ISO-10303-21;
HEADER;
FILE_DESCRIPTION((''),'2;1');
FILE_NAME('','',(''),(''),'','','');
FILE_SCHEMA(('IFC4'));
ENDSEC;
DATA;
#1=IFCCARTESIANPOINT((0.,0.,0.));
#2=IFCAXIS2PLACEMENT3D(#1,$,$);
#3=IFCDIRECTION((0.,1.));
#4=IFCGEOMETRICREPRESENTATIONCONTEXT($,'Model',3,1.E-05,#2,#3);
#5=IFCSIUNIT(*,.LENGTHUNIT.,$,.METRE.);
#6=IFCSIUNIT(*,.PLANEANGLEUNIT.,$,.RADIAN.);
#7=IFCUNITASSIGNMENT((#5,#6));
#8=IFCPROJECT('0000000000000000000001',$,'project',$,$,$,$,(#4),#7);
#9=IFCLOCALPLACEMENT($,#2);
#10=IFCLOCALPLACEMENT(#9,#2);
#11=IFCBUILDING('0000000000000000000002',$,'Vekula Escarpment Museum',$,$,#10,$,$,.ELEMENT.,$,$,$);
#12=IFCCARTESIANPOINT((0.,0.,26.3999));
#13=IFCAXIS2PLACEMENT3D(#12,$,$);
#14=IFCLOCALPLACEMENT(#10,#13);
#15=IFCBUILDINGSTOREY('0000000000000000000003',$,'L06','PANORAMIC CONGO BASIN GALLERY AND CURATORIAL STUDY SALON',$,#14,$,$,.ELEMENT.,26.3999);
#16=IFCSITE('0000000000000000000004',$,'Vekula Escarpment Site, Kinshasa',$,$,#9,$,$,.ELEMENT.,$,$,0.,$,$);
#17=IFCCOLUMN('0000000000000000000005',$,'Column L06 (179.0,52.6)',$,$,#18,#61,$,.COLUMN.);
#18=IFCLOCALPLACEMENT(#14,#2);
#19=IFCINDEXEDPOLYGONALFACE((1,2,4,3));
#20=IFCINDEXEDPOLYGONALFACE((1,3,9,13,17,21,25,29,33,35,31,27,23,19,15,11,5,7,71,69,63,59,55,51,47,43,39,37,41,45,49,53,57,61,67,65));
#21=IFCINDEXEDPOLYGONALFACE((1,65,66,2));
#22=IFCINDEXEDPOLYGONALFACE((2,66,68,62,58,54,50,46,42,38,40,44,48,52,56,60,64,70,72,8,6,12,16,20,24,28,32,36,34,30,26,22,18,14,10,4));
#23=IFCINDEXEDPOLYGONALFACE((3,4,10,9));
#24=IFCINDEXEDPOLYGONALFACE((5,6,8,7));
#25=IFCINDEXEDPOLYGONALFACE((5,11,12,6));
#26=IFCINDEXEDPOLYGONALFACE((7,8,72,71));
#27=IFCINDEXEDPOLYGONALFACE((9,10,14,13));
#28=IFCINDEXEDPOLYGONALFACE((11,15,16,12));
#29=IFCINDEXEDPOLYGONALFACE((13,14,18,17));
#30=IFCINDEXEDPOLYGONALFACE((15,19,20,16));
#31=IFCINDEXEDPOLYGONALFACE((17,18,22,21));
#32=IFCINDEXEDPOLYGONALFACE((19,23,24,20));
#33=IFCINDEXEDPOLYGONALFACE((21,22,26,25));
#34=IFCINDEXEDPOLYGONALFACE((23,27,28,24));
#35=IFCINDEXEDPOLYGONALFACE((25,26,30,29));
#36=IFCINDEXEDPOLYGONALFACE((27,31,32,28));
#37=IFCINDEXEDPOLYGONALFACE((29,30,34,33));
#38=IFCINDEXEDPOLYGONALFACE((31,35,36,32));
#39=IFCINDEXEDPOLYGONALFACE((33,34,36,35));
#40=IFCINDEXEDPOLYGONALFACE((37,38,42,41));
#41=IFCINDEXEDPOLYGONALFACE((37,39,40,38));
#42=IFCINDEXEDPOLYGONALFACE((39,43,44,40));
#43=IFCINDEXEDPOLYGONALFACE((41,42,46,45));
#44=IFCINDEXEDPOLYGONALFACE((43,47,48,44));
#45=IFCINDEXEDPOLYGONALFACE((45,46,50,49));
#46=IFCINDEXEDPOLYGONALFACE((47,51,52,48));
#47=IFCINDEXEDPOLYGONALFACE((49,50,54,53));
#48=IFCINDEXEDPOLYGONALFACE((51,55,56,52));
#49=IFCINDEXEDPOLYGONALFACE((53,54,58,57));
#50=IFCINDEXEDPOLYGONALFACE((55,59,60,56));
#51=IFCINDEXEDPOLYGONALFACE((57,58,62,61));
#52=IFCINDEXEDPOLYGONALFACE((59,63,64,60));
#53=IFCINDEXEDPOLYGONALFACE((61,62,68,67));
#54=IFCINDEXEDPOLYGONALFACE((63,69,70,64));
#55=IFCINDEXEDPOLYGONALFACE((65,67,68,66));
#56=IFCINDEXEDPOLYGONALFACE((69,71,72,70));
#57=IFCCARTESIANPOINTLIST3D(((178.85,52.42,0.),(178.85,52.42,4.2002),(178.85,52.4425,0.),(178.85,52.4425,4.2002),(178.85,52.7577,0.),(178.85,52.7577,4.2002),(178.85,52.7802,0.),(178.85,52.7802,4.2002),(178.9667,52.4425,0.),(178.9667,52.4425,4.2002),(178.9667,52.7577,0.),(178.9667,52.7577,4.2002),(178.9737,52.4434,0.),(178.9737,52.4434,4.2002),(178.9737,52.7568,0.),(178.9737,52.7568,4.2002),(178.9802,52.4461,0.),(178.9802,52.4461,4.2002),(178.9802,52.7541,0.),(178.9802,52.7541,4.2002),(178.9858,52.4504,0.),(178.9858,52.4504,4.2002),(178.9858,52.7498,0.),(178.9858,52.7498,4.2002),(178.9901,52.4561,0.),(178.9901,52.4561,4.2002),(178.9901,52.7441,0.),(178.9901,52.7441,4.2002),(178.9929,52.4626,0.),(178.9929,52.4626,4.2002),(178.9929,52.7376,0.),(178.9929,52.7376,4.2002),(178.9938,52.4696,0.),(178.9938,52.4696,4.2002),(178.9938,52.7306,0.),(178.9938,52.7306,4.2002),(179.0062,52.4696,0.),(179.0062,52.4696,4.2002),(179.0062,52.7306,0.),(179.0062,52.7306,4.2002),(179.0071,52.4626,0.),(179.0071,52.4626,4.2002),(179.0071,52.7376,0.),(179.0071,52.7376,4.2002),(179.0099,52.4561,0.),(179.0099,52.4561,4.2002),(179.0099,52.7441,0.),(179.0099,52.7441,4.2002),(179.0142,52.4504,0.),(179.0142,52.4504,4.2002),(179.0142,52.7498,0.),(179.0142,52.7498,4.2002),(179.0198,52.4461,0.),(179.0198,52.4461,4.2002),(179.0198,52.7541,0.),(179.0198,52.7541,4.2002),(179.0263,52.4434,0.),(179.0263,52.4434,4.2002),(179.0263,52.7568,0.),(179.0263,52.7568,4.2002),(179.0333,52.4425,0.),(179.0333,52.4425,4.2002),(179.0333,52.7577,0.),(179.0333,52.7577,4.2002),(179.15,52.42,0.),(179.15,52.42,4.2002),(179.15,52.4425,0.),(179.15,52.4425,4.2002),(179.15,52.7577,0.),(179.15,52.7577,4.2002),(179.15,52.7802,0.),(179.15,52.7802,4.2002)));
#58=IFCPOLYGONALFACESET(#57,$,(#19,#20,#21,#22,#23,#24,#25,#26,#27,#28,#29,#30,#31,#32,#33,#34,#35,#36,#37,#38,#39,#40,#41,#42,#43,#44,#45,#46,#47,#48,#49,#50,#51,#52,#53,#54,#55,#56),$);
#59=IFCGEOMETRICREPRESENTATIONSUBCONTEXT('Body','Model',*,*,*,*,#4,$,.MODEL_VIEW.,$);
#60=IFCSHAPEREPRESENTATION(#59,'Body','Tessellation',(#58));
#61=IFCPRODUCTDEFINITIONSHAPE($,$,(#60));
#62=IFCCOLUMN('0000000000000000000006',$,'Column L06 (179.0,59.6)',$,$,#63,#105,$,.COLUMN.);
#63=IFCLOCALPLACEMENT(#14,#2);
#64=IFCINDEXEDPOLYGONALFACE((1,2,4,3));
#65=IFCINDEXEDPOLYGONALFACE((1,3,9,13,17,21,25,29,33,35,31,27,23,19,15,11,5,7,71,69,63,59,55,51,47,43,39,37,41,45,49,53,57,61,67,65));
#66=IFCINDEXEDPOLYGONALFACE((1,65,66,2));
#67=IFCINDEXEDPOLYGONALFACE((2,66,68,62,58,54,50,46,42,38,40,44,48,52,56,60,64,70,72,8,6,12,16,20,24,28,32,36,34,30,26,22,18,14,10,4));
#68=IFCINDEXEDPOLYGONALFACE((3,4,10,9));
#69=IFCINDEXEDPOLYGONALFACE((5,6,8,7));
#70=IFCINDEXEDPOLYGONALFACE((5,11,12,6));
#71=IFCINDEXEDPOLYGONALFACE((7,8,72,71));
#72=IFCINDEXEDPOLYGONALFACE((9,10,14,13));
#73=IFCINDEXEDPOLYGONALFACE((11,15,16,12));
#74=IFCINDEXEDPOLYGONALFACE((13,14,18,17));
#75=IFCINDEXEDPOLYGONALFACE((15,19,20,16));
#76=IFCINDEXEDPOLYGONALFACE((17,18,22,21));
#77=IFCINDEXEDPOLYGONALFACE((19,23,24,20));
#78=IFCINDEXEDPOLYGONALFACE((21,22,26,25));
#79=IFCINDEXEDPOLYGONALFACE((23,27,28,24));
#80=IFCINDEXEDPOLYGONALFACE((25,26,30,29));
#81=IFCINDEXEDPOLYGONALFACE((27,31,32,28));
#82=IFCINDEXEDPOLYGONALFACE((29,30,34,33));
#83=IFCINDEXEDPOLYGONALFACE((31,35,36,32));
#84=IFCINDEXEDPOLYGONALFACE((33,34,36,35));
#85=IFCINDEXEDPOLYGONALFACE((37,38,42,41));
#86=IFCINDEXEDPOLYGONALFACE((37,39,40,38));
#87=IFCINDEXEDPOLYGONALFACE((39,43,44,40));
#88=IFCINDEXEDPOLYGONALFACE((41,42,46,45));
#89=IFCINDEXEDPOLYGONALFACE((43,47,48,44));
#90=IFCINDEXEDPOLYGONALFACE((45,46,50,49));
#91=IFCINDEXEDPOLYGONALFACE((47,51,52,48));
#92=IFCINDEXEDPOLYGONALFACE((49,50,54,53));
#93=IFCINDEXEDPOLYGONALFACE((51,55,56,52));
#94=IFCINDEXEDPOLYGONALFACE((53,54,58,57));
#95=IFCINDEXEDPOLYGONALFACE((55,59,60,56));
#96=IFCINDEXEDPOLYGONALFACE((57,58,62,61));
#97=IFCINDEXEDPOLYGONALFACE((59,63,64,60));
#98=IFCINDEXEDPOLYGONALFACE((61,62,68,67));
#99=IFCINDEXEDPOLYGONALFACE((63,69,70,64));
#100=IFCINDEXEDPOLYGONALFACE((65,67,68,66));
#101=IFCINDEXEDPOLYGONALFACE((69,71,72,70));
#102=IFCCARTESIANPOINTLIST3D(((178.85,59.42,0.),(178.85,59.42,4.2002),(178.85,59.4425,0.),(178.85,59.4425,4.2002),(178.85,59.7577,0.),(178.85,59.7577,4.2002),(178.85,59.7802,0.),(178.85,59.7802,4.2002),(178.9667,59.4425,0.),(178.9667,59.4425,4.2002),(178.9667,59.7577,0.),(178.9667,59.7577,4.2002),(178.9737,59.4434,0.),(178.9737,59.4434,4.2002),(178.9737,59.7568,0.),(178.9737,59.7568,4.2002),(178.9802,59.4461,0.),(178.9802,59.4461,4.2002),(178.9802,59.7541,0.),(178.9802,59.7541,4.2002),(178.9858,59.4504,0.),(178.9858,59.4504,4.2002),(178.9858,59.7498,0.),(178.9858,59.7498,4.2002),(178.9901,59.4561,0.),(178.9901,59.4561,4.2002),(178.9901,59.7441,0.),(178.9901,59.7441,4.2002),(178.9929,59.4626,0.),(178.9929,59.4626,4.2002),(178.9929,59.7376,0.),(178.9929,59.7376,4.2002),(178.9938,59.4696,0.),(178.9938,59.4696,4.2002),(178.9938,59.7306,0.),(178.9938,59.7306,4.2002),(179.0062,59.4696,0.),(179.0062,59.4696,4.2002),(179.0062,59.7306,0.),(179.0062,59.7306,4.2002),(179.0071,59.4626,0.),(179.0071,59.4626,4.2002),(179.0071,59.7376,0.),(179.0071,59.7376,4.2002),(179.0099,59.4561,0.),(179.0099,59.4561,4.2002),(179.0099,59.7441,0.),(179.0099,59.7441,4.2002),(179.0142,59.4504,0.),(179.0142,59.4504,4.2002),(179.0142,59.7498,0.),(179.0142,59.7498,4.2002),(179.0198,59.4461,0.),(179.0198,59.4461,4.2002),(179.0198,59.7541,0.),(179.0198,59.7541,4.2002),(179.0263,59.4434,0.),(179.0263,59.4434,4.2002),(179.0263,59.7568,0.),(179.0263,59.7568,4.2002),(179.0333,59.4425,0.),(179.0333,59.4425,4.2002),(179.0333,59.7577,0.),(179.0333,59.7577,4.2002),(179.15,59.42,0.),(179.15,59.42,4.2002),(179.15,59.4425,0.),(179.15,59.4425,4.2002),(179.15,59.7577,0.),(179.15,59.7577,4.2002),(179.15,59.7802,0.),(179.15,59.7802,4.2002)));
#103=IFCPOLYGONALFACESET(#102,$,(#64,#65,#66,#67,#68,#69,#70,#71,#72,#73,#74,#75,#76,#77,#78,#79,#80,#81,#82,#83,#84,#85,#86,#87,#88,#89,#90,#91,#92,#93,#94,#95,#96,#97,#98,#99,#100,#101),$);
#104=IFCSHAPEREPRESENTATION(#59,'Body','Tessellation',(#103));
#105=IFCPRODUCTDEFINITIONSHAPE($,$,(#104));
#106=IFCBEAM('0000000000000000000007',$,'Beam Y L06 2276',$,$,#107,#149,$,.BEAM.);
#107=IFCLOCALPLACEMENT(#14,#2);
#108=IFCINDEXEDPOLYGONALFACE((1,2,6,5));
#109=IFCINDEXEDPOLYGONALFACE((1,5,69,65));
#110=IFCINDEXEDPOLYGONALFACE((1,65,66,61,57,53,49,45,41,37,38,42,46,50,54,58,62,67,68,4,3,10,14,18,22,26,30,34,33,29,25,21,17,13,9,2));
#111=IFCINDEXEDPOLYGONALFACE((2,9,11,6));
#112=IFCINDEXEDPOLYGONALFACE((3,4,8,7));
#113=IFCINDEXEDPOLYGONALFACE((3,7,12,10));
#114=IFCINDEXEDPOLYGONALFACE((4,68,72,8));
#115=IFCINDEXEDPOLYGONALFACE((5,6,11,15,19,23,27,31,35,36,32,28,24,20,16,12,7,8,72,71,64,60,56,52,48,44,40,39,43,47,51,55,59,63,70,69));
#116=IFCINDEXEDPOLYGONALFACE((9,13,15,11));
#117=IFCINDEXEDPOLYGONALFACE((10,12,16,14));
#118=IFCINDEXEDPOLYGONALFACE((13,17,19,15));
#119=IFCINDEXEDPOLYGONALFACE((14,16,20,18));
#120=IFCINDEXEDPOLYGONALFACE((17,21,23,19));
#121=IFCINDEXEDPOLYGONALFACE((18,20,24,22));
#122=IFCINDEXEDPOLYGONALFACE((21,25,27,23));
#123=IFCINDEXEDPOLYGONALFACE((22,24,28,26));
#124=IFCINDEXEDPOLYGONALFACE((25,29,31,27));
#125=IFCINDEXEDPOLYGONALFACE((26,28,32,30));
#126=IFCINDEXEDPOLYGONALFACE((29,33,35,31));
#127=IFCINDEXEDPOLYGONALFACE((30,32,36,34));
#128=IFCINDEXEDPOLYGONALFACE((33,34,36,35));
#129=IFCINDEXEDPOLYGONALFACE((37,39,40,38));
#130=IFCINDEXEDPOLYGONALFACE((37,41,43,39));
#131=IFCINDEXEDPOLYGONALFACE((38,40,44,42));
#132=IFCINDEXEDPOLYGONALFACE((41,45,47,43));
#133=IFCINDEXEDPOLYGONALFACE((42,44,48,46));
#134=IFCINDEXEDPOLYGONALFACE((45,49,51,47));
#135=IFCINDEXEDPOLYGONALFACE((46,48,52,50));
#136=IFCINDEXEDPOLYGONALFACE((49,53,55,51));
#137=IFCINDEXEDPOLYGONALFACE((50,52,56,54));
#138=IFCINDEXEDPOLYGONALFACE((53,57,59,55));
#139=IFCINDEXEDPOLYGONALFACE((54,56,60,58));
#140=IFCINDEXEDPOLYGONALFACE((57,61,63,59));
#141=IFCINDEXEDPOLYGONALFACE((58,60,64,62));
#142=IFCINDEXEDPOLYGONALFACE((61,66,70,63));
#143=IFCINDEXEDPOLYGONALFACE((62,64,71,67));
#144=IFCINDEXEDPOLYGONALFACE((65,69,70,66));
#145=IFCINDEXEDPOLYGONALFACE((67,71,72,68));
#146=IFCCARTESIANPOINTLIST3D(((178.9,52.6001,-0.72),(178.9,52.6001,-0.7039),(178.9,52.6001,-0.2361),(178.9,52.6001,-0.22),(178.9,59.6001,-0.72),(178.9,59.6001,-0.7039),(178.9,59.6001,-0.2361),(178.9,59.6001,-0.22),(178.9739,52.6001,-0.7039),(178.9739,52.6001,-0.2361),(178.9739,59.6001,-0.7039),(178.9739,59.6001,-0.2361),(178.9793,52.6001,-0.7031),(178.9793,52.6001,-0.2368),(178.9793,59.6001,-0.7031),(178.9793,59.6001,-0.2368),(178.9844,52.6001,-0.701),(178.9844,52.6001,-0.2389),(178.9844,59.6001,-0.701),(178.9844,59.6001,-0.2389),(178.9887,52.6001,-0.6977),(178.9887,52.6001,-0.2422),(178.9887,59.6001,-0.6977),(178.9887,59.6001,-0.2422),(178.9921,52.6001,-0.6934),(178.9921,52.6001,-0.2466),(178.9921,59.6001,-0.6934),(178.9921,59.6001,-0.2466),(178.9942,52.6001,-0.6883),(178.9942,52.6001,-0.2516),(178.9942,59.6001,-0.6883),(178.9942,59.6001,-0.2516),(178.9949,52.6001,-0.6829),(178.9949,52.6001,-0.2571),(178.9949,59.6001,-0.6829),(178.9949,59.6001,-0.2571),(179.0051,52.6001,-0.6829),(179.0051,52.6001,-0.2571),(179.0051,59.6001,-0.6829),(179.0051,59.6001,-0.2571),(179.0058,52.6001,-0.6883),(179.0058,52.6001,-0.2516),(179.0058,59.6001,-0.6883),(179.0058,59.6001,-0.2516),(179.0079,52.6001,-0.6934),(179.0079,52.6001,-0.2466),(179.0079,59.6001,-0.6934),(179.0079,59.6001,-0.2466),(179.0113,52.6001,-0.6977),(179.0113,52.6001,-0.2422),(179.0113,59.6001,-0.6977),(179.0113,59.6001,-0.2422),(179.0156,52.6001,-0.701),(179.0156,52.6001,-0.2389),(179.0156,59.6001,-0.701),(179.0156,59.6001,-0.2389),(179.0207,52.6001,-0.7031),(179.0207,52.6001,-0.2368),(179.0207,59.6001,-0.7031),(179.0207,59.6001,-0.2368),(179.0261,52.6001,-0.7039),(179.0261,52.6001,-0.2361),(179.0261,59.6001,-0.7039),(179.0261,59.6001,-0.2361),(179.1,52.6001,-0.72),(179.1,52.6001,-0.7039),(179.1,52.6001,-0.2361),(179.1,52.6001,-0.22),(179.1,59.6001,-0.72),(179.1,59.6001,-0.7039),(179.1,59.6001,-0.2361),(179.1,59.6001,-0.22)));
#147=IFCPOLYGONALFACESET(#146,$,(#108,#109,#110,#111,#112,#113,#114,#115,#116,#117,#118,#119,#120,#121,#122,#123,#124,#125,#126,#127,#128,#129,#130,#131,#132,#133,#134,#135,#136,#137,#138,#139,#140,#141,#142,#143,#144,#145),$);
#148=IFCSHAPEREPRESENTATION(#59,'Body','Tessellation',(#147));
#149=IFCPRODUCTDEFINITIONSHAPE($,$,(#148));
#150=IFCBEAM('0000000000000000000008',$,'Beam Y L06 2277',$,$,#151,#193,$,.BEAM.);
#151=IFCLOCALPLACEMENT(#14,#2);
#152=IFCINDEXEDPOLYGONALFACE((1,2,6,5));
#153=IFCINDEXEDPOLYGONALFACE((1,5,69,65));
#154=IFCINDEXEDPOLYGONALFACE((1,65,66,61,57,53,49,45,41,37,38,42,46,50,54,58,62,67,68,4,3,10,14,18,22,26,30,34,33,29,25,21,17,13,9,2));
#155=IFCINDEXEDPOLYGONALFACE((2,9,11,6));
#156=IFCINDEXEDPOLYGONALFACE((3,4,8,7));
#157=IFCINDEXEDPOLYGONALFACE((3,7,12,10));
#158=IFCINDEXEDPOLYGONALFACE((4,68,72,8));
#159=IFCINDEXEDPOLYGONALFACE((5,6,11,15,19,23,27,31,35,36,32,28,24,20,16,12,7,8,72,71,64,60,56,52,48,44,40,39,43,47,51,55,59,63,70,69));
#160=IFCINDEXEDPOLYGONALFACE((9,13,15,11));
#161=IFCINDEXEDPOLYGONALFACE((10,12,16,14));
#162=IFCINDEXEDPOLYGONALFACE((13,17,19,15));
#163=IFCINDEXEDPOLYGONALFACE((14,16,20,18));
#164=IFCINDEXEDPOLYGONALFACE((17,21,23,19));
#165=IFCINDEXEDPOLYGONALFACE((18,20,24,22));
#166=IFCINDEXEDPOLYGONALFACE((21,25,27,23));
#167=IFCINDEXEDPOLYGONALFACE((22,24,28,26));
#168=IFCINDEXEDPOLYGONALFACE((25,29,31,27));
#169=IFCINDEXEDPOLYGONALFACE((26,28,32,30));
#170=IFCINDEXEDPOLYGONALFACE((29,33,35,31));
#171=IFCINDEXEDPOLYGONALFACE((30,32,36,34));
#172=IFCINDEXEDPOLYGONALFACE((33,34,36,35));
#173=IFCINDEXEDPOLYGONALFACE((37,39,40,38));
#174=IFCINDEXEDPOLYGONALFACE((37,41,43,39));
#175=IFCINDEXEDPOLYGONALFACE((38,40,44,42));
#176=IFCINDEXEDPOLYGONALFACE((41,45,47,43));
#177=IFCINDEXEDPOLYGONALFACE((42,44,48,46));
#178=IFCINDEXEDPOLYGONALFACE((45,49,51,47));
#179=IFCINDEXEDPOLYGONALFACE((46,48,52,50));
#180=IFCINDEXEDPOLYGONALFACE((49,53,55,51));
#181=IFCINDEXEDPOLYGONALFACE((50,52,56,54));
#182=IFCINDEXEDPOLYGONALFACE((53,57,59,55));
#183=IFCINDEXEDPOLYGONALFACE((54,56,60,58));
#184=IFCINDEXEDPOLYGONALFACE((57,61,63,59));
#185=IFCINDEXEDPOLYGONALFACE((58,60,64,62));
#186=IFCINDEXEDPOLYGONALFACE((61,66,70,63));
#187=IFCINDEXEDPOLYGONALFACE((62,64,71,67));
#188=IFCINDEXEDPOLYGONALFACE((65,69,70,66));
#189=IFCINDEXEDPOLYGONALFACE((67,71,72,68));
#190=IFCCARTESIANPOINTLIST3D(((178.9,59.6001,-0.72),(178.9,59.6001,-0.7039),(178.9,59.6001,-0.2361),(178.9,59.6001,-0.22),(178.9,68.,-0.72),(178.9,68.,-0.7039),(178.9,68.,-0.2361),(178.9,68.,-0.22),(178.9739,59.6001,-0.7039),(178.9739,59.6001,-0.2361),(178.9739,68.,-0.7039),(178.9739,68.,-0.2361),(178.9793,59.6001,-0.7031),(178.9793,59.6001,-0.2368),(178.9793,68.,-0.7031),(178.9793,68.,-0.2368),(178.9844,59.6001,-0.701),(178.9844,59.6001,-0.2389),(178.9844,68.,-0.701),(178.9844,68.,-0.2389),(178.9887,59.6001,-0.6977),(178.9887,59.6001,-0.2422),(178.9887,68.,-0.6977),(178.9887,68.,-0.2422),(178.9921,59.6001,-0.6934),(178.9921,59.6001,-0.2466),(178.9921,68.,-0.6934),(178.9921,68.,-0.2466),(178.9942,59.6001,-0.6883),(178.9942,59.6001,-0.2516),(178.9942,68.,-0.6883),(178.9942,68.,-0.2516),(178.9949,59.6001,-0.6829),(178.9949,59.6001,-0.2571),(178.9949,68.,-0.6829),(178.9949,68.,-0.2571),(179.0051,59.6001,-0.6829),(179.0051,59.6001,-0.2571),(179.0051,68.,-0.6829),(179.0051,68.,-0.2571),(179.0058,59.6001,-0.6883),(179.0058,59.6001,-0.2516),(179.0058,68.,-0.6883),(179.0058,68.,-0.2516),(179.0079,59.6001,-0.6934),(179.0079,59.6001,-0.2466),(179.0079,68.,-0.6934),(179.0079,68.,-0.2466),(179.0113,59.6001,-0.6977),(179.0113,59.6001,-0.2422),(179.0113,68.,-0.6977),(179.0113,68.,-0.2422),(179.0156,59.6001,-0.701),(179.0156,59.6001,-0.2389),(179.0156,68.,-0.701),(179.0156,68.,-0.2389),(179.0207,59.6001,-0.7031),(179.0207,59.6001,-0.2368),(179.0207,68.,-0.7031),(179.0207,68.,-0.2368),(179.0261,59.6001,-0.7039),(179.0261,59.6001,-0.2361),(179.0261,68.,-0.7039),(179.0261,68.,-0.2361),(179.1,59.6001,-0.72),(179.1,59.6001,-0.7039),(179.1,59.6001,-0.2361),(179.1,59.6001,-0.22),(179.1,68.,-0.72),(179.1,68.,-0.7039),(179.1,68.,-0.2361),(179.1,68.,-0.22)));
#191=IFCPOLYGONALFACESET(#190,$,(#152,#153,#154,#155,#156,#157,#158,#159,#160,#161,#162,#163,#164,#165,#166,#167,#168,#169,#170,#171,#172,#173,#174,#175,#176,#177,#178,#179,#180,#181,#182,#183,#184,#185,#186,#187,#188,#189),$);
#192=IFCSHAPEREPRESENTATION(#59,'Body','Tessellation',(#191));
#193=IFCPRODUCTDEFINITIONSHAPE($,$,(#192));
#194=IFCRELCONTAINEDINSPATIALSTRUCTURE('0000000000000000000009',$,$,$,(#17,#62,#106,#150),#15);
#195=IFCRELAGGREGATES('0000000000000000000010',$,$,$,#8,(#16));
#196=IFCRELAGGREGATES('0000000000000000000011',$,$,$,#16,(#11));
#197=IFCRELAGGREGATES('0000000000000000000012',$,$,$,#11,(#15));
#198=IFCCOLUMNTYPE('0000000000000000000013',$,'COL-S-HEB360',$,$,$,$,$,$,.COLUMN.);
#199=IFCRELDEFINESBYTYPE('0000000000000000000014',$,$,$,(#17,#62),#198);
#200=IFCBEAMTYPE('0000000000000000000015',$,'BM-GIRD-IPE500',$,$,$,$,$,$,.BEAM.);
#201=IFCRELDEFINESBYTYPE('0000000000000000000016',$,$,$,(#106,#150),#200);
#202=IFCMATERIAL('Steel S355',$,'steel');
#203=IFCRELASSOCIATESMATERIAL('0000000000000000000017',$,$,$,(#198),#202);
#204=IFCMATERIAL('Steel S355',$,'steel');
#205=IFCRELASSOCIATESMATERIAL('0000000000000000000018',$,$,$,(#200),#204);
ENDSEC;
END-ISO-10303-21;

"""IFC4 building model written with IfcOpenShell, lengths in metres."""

from ifc_helpers import new_model, si_unit, direction, frame, origin, origin_2d, place, context, subcontext, project, spatial, i_section, extrude, material, material_profile, profile_set, type_object, element, save


model = new_model("IFC4")

# Units and contexts
model_context = context("Model", 3, precision=1e-05, world=origin(), true_north=direction((0.0, 1.0)))
body_context = subcontext(model_context, "Body", "Model", "MODEL_VIEW")
ifc_project = project(units=[si_unit("LENGTHUNIT", "METRE"), si_unit("PLANEANGLEUNIT", "RADIAN")], contexts=[model_context])

# Site, building, storey
site_placement = place(None, origin())
site = spatial("IfcSite", under=ifc_project, at=site_placement, Name="Vekula Escarpment Site, Kinshasa", CompositionType="ELEMENT", RefElevation=0.0)
building_placement = place(site_placement, origin())
building = spatial("IfcBuilding", under=site, at=building_placement, Name="Vekula Escarpment Museum", CompositionType="ELEMENT")
storey_placement = place(building_placement, frame((0.0, 0.0, 26.3999)))
storey = spatial("IfcBuildingStorey", under=building, at=storey_placement, Name="L06", Description="PANORAMIC CONGO BASIN GALLERY AND CURATORIAL STUDY SALON", CompositionType="ELEMENT", Elevation=26.3999)

# Columns
ifc_material_1 = material(Name="Steel S355", Category="steel")
ifc_material_profile_1 = material_profile(ifc_material_1, i_section(OverallWidth=0.3, OverallDepth=0.3601, WebThickness=0.0125, FlangeThickness=0.0225, FilletRadius=0.0271, at=origin_2d()), Name="HEB 360")
ifc_profile_set_1 = profile_set([ifc_material_profile_1], Name="Steel S355")
column_type = type_object("IfcColumnType", Name="COL-S-HEB360", PredefinedType="COLUMN", material=ifc_profile_set_1)
for number, where, z_axis, x_axis, name in (
    (1, (179.0, 52.6001, 0.0), (0.0, 0.0, 1.0), (1.0, 0.0, 0.0), "Column L06 (179.0,52.6)"),
    (2, (179.0, 59.6001, 0.0), (0.0, 0.0, 1.0), (1.0, 0.0, 0.0), "Column L06 (179.0,59.6)"),
):
    element("IfcColumn", number, at=place(storey_placement, frame(where, z_axis=z_axis, x_axis=x_axis)), inside=storey, type_object=column_type, Name=name, PredefinedType="COLUMN", context=body_context, shape_type="SweptSolid", body=[
        extrude(i_section(OverallWidth=0.3, OverallDepth=0.3601, WebThickness=0.0125, FlangeThickness=0.0225, FilletRadius=0.0271, at=origin_2d()), origin(), (0.0, 0.0, 1.0), 4.2002),
    ])

# Beams
ifc_material_2 = material(Name="Steel S355", Category="steel")
ifc_material_profile_2 = material_profile(ifc_material_2, i_section(OverallWidth=0.2, OverallDepth=0.5, WebThickness=0.0103, FlangeThickness=0.0161, FilletRadius=0.021, at=origin_2d()), Name="IPE 500")
ifc_profile_set_2 = profile_set([ifc_material_profile_2], Name="Steel S355")
beam_type_1 = type_object("IfcBeamType", Name="BM-GIRD-IPE500", PredefinedType="BEAM", material=ifc_profile_set_2)
beam_1_placement = place(storey_placement, frame((179.0, 52.6001, -0.47), z_axis=(0.0, 1.0, 0.0), x_axis=(-1.0, 0.0, 0.0)))
element("IfcBeam", 3, at=beam_1_placement, inside=storey, type_object=beam_type_1, Name="Beam Y L06 2276", PredefinedType="BEAM", context=body_context, shape_type="SweptSolid", body=[
    extrude(i_section(OverallWidth=0.2, OverallDepth=0.5, WebThickness=0.0103, FlangeThickness=0.0161, FilletRadius=0.021, at=origin_2d()), origin(), (0.0, 0.0, 1.0), 7.0),
])
beam_2_placement = place(storey_placement, frame((179.0, 59.6001, -0.47), z_axis=(0.0, 1.0, 0.0), x_axis=(-1.0, 0.0, 0.0)))
element("IfcBeam", 4, at=beam_2_placement, inside=storey, type_object=beam_type_1, Name="Beam Y L06 2277", PredefinedType="BEAM", context=body_context, shape_type="SweptSolid", body=[
    extrude(i_section(OverallWidth=0.2, OverallDepth=0.5, WebThickness=0.0103, FlangeThickness=0.0161, FilletRadius=0.021, at=origin_2d()), origin(), (0.0, 0.0, 1.0), 8.3999),
])

save(model, "model.ifc")
